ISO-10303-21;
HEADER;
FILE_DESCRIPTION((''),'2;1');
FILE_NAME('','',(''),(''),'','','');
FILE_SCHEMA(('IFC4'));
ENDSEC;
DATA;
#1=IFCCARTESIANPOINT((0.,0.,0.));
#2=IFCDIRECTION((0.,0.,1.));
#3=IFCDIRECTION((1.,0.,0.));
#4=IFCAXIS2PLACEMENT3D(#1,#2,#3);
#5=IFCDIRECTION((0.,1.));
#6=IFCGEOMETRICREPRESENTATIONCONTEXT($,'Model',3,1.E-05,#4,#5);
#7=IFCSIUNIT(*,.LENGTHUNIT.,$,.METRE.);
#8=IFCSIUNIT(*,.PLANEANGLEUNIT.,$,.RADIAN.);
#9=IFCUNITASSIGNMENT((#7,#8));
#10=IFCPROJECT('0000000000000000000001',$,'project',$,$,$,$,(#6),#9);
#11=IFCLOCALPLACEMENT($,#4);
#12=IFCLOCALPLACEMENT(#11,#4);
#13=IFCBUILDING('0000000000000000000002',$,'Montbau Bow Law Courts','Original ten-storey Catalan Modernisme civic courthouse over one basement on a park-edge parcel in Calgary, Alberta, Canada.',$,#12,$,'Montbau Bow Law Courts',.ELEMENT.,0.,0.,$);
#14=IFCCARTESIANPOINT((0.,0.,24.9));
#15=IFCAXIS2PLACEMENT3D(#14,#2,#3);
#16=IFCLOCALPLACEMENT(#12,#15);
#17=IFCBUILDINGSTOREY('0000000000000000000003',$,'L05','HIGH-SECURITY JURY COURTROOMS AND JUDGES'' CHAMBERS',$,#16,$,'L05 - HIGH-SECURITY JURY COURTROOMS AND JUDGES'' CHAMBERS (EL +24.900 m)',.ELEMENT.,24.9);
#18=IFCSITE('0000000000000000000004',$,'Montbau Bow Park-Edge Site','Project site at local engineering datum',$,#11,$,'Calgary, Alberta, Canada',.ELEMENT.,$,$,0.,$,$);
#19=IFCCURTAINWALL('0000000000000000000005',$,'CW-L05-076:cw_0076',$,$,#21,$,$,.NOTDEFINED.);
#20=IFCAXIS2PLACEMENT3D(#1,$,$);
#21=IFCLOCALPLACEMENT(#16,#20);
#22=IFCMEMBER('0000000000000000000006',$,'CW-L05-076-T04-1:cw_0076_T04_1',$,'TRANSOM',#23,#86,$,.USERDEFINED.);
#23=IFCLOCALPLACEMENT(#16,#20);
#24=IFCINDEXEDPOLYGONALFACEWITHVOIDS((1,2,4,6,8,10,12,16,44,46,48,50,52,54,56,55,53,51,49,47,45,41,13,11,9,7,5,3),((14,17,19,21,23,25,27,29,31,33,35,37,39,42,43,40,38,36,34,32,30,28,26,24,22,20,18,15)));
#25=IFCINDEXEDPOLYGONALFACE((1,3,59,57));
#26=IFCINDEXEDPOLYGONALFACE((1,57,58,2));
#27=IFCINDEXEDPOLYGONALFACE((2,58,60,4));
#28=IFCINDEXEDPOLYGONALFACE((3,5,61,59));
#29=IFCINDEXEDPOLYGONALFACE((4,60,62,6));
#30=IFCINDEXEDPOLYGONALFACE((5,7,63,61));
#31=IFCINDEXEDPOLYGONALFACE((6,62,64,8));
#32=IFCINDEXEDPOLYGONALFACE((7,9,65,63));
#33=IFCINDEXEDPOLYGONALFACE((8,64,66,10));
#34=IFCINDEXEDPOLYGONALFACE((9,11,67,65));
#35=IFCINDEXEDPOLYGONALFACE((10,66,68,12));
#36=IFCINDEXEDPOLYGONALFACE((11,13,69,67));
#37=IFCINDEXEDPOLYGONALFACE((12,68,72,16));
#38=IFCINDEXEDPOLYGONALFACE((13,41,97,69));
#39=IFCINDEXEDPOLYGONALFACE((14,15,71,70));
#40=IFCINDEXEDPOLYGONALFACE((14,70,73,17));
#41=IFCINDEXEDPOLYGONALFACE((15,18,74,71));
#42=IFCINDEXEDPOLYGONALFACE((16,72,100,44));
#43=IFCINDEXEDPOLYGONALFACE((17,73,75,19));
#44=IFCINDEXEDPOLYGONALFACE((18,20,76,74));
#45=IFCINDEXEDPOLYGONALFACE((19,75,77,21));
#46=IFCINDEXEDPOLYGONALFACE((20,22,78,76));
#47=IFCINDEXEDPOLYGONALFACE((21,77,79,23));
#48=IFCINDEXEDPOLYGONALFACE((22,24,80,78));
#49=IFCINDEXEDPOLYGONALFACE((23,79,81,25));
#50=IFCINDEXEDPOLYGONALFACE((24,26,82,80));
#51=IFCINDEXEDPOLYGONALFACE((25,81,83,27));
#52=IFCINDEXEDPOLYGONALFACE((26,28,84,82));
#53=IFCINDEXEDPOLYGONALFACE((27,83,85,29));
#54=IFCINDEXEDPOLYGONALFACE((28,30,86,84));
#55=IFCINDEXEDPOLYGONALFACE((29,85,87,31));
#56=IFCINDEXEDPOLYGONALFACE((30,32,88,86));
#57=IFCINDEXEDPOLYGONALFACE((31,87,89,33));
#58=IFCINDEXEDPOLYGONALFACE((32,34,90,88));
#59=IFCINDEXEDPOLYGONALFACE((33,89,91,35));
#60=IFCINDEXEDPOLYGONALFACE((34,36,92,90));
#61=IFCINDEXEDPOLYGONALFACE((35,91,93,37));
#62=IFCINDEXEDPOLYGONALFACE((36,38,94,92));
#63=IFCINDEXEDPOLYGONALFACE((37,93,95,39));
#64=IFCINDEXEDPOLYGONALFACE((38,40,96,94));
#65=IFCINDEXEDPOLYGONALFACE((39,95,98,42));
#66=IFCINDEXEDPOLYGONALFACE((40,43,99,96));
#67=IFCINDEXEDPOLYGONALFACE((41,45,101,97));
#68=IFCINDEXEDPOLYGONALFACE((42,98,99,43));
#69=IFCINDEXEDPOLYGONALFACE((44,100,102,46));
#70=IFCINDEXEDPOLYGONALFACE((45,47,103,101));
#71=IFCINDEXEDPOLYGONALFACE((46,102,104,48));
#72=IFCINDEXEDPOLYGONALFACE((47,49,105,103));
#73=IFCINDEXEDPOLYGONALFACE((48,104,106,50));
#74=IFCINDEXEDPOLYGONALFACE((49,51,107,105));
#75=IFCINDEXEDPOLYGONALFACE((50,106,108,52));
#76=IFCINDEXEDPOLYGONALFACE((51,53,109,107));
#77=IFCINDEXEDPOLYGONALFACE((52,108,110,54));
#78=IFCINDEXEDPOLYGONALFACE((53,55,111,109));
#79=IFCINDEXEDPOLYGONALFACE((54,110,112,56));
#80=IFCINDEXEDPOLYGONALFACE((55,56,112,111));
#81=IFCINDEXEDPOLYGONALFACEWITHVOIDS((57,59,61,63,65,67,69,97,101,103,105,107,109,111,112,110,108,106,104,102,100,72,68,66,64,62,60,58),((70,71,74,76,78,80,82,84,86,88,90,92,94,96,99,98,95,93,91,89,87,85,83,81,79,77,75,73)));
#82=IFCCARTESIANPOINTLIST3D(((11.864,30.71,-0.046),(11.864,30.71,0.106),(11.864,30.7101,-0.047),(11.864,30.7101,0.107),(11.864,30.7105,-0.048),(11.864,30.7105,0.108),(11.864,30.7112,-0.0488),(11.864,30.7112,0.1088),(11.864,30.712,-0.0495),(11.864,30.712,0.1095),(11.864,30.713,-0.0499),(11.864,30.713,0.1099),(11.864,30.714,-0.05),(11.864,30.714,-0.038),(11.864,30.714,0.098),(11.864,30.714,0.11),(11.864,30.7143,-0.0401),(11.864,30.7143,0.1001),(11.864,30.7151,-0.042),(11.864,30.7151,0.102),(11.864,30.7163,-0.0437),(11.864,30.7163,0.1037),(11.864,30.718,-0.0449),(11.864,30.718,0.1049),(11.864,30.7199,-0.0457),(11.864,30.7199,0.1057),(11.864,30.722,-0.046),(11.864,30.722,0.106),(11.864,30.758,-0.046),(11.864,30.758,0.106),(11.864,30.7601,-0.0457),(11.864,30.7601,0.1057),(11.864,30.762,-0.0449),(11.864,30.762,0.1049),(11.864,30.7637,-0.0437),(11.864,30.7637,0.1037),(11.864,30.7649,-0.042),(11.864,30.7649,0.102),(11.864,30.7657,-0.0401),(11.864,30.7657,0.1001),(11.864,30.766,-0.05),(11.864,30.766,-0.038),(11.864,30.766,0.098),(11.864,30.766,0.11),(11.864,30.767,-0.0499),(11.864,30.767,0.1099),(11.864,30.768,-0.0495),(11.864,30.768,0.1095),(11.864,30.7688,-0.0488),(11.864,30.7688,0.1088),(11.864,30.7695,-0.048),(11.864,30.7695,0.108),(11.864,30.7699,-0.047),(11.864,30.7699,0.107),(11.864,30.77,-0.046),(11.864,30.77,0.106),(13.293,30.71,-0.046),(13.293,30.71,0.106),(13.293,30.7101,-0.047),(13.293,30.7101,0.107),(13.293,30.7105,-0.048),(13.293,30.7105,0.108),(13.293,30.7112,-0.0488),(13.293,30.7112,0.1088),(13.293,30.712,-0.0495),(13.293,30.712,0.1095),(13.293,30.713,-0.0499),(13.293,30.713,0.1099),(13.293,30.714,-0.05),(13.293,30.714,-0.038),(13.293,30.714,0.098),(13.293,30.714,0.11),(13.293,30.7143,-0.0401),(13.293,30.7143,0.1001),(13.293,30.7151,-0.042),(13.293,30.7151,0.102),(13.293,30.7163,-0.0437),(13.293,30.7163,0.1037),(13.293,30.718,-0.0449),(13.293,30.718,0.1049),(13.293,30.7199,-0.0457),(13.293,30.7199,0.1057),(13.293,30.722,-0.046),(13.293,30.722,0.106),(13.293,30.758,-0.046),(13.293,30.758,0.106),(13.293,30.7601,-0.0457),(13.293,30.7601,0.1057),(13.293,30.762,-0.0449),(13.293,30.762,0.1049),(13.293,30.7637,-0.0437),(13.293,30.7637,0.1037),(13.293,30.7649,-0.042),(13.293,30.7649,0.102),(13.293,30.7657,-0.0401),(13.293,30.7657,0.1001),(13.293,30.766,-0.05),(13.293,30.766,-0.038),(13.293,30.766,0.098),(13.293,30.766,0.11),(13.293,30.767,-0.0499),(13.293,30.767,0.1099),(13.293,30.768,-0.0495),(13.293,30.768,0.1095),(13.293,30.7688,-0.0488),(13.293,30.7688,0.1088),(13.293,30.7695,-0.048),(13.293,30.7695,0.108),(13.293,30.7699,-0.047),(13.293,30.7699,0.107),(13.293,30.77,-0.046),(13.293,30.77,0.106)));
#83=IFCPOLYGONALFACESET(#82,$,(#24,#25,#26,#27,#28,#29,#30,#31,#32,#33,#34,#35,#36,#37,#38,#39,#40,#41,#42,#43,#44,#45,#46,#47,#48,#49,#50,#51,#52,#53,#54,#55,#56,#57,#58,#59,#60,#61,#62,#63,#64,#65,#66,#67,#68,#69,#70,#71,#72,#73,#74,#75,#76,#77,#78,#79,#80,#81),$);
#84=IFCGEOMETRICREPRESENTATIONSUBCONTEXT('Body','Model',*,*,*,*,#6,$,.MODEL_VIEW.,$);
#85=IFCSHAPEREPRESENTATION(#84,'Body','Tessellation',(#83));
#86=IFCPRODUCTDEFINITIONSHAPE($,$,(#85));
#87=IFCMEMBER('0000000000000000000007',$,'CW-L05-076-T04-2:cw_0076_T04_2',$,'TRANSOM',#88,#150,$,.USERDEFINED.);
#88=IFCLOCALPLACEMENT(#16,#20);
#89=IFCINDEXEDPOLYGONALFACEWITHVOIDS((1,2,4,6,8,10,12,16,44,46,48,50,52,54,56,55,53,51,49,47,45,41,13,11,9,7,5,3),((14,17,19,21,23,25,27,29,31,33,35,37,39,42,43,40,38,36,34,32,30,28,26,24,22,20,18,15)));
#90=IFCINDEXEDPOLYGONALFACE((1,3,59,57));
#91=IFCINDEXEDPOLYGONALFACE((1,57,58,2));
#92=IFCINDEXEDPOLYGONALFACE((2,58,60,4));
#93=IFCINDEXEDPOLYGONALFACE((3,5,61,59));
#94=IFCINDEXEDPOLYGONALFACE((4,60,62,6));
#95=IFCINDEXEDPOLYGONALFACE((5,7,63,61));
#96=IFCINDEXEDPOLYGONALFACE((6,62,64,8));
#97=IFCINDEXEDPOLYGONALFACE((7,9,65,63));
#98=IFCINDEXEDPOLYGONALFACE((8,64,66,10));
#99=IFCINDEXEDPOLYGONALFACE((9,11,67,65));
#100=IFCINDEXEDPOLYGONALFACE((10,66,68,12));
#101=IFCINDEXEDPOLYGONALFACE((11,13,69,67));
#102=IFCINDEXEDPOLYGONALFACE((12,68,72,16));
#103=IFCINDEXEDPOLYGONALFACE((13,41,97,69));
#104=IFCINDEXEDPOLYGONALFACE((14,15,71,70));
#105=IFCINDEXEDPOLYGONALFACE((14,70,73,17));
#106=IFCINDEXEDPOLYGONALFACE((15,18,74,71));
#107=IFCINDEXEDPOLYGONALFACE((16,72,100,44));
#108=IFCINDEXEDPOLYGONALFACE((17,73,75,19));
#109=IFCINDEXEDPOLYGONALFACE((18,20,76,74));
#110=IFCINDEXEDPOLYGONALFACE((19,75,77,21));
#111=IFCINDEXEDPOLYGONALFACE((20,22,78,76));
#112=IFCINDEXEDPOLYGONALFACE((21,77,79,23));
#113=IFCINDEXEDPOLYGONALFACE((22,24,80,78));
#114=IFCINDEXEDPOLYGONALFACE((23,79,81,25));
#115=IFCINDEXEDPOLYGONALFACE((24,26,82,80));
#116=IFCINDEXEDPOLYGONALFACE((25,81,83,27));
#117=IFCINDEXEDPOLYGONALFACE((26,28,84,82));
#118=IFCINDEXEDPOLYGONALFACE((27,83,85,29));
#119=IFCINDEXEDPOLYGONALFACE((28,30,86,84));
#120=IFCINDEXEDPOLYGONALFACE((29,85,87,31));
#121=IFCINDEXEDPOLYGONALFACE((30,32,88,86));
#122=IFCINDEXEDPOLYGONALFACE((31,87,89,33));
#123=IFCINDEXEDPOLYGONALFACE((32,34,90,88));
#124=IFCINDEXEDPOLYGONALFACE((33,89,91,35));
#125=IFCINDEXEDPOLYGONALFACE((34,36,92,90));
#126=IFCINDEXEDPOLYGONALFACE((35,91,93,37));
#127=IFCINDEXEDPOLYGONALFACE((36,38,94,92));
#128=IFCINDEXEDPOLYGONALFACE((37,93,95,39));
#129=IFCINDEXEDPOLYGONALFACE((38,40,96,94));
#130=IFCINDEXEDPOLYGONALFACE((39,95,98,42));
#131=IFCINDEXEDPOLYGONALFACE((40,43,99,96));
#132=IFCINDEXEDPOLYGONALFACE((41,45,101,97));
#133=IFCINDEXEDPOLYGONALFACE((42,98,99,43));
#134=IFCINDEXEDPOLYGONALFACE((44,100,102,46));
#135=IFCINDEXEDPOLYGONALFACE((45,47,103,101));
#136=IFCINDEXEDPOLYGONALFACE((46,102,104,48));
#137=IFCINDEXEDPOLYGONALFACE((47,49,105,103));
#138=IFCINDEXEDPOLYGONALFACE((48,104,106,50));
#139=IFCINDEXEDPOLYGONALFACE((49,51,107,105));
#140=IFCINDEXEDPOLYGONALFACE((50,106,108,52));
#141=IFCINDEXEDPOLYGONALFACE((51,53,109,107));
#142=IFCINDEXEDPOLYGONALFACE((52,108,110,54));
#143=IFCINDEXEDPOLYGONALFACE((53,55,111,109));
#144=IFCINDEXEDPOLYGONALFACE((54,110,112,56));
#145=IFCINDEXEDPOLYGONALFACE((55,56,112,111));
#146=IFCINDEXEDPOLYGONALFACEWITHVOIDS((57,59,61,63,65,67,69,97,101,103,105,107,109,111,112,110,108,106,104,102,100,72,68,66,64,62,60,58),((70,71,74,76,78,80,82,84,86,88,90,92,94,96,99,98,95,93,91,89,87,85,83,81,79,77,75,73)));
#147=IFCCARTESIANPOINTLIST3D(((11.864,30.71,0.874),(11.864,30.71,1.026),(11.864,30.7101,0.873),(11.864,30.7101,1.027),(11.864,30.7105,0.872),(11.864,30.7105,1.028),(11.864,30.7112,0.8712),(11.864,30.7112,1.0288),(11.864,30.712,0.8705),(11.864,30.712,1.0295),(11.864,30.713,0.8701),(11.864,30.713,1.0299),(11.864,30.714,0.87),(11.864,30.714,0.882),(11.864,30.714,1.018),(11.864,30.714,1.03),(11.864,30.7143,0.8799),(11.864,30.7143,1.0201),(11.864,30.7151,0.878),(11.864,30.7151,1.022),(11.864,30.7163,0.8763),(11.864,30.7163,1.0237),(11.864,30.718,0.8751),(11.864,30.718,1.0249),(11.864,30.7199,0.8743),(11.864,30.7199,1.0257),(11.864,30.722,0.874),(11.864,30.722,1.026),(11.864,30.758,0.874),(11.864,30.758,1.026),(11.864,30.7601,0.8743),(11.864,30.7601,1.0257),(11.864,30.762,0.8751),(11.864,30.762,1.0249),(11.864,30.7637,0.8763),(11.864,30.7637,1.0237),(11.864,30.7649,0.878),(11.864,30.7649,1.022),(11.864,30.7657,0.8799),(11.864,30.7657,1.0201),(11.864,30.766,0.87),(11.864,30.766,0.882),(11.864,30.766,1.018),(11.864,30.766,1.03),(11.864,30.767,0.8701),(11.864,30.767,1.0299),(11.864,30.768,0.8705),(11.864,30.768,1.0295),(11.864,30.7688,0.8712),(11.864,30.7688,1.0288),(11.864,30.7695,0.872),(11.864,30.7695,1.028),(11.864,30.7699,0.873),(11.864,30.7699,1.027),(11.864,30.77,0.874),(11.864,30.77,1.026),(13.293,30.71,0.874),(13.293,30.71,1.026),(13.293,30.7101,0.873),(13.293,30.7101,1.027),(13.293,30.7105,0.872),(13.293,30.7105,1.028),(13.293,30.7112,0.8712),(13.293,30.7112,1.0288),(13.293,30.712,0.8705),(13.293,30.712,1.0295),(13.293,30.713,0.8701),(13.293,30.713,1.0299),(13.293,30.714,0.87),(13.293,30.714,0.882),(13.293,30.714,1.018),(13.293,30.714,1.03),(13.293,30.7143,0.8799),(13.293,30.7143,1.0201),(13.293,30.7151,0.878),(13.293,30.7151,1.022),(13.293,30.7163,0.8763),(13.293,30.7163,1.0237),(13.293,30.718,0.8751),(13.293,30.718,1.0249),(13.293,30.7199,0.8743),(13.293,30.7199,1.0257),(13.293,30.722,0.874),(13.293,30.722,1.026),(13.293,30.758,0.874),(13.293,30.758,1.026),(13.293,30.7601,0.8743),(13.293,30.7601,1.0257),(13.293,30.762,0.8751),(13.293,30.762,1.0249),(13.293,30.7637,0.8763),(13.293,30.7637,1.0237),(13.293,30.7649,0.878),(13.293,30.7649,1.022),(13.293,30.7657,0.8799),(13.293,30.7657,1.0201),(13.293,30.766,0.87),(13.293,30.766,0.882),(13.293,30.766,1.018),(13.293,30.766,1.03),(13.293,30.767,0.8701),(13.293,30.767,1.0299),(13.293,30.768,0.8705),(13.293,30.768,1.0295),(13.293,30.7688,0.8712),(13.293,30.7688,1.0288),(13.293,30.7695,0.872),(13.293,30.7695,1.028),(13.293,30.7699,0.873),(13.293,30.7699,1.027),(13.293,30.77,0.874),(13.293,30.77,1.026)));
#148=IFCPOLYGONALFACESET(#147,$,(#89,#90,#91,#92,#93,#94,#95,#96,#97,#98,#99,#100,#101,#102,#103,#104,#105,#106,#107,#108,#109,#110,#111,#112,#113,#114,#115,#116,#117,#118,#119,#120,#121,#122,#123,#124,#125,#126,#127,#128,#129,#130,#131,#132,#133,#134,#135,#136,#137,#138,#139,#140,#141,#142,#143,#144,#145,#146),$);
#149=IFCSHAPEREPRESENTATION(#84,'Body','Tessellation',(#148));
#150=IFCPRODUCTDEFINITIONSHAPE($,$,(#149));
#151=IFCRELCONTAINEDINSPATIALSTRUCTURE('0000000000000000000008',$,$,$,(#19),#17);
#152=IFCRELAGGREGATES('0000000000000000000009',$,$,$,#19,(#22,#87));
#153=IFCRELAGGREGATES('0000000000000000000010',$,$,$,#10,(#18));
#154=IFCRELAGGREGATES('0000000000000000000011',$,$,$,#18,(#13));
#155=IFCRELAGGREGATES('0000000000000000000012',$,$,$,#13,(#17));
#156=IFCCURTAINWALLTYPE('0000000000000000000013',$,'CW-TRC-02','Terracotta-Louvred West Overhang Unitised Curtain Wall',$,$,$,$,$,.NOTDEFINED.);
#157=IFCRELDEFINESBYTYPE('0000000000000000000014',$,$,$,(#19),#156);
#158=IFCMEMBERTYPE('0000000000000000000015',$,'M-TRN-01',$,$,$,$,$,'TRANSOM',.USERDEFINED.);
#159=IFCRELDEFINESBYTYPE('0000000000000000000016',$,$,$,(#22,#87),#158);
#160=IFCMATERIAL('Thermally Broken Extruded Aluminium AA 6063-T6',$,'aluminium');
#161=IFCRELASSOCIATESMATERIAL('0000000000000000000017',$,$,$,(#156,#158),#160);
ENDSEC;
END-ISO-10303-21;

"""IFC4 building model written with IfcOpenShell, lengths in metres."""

from ifc_helpers import new_model, si_unit, direction, frame, origin_with_axes, origin_2d_with_axis, place, context, subcontext, project, spatial, hollow_rectangle, extrude, material, material_profile, profile_set, type_object, element, aggregate, save


model = new_model("IFC4")

# Units and contexts
model_context = context("Model", 3, precision=1e-05, world=origin_with_axes(), true_north=direction((0.0, 1.0)))
body_context = subcontext(model_context, "Body", "Model", "MODEL_VIEW")
ifc_project = project(units=[si_unit("LENGTHUNIT", "METRE"), si_unit("PLANEANGLEUNIT", "RADIAN")], contexts=[model_context])

# Site, building, storey
site_placement = place(None, origin_with_axes())
site = spatial("IfcSite", under=ifc_project, at=site_placement, Name="Montbau Bow Park-Edge Site", Description="Project site at local engineering datum", LongName="Calgary, Alberta, Canada", CompositionType="ELEMENT", RefElevation=0.0)
building_placement = place(site_placement, origin_with_axes())
building = spatial("IfcBuilding", under=site, at=building_placement, Name="Montbau Bow Law Courts", Description="Original ten-storey Catalan Modernisme civic courthouse over one basement on a park-edge parcel in Calgary, Alberta, Canada.", LongName="Montbau Bow Law Courts", CompositionType="ELEMENT", ElevationOfRefHeight=0.0, ElevationOfTerrain=0.0)
storey_placement = place(building_placement, frame((0.0, 0.0, 24.9), z_axis=(0.0, 0.0, 1.0), x_axis=(1.0, 0.0, 0.0)))
storey = spatial("IfcBuildingStorey", under=building, at=storey_placement, Name="L05", Description="HIGH-SECURITY JURY COURTROOMS AND JUDGES' CHAMBERS", LongName="L05 - HIGH-SECURITY JURY COURTROOMS AND JUDGES' CHAMBERS (EL +24.900 m)", CompositionType="ELEMENT", Elevation=24.9)

# Curtain wall
ifc_material_1 = material(Name="Thermally Broken Extruded Aluminium AA 6063-T6", Category="aluminium")
curtain_wall_type = type_object("IfcCurtainWallType", Name="CW-TRC-02", Description="Terracotta-Louvred West Overhang Unitised Curtain Wall", PredefinedType="NOTDEFINED", material=ifc_material_1)
curtain_wall_1_placement = place(None, frame((7.24, 30.74, 24.9), z_axis=(0.0, 0.0, 1.0), x_axis=(1.0, 0.0, 0.0)))
curtain_wall_1 = element("IfcCurtainWall", 1, at=curtain_wall_1_placement, inside=storey, type_object=curtain_wall_type, Name="CW-L05-076:cw_0076", PredefinedType="NOTDEFINED")

# Members
ifc_material_profile_1 = material_profile(ifc_material_1, hollow_rectangle(XDim=0.06, YDim=0.16, WallThickness=0.004, InnerFilletRadius=0.008, OuterFilletRadius=0.004, at=origin_2d_with_axis()), Name="CWT-160X60", Category="Main", Priority=0)
ifc_profile_set_1 = profile_set([ifc_material_profile_1], Name="Thermally Broken Extruded Aluminium AA 6063-T6")
member_type_1 = type_object("IfcMemberType", Name="M-TRN-01", ElementType="TRANSOM", PredefinedType="USERDEFINED", material=ifc_profile_set_1)
member_1_placement = place(None, frame((11.864, 30.74, 24.93), z_axis=(1.0, 0.0, 0.0), x_axis=(0.0, 1.0, 0.0)))
member_1 = element("IfcMember", 2, at=member_1_placement, type_object=member_type_1, Name="CW-L05-076-T04-1:cw_0076_T04_1", ObjectType="TRANSOM", PredefinedType="USERDEFINED", context=body_context, shape_type="SweptSolid", body=[
    extrude(hollow_rectangle(XDim=0.06, YDim=0.16, WallThickness=0.004, InnerFilletRadius=0.008, OuterFilletRadius=0.004, at=origin_2d_with_axis()), origin_with_axes(), (0.0, 0.0, 1.0), 1.429),
])
member_2_placement = place(None, frame((11.864, 30.74, 25.85), z_axis=(1.0, 0.0, 0.0), x_axis=(0.0, 1.0, 0.0)))
member_2 = element("IfcMember", 3, at=member_2_placement, type_object=member_type_1, Name="CW-L05-076-T04-2:cw_0076_T04_2", ObjectType="TRANSOM", PredefinedType="USERDEFINED", context=body_context, shape_type="SweptSolid", body=[
    extrude(hollow_rectangle(XDim=0.06, YDim=0.16, WallThickness=0.004, InnerFilletRadius=0.008, OuterFilletRadius=0.004, at=origin_2d_with_axis()), origin_with_axes(), (0.0, 0.0, 1.0), 1.429),
])

aggregate(curtain_wall_1, [member_1, member_2])

save(model, "model.ifc")
